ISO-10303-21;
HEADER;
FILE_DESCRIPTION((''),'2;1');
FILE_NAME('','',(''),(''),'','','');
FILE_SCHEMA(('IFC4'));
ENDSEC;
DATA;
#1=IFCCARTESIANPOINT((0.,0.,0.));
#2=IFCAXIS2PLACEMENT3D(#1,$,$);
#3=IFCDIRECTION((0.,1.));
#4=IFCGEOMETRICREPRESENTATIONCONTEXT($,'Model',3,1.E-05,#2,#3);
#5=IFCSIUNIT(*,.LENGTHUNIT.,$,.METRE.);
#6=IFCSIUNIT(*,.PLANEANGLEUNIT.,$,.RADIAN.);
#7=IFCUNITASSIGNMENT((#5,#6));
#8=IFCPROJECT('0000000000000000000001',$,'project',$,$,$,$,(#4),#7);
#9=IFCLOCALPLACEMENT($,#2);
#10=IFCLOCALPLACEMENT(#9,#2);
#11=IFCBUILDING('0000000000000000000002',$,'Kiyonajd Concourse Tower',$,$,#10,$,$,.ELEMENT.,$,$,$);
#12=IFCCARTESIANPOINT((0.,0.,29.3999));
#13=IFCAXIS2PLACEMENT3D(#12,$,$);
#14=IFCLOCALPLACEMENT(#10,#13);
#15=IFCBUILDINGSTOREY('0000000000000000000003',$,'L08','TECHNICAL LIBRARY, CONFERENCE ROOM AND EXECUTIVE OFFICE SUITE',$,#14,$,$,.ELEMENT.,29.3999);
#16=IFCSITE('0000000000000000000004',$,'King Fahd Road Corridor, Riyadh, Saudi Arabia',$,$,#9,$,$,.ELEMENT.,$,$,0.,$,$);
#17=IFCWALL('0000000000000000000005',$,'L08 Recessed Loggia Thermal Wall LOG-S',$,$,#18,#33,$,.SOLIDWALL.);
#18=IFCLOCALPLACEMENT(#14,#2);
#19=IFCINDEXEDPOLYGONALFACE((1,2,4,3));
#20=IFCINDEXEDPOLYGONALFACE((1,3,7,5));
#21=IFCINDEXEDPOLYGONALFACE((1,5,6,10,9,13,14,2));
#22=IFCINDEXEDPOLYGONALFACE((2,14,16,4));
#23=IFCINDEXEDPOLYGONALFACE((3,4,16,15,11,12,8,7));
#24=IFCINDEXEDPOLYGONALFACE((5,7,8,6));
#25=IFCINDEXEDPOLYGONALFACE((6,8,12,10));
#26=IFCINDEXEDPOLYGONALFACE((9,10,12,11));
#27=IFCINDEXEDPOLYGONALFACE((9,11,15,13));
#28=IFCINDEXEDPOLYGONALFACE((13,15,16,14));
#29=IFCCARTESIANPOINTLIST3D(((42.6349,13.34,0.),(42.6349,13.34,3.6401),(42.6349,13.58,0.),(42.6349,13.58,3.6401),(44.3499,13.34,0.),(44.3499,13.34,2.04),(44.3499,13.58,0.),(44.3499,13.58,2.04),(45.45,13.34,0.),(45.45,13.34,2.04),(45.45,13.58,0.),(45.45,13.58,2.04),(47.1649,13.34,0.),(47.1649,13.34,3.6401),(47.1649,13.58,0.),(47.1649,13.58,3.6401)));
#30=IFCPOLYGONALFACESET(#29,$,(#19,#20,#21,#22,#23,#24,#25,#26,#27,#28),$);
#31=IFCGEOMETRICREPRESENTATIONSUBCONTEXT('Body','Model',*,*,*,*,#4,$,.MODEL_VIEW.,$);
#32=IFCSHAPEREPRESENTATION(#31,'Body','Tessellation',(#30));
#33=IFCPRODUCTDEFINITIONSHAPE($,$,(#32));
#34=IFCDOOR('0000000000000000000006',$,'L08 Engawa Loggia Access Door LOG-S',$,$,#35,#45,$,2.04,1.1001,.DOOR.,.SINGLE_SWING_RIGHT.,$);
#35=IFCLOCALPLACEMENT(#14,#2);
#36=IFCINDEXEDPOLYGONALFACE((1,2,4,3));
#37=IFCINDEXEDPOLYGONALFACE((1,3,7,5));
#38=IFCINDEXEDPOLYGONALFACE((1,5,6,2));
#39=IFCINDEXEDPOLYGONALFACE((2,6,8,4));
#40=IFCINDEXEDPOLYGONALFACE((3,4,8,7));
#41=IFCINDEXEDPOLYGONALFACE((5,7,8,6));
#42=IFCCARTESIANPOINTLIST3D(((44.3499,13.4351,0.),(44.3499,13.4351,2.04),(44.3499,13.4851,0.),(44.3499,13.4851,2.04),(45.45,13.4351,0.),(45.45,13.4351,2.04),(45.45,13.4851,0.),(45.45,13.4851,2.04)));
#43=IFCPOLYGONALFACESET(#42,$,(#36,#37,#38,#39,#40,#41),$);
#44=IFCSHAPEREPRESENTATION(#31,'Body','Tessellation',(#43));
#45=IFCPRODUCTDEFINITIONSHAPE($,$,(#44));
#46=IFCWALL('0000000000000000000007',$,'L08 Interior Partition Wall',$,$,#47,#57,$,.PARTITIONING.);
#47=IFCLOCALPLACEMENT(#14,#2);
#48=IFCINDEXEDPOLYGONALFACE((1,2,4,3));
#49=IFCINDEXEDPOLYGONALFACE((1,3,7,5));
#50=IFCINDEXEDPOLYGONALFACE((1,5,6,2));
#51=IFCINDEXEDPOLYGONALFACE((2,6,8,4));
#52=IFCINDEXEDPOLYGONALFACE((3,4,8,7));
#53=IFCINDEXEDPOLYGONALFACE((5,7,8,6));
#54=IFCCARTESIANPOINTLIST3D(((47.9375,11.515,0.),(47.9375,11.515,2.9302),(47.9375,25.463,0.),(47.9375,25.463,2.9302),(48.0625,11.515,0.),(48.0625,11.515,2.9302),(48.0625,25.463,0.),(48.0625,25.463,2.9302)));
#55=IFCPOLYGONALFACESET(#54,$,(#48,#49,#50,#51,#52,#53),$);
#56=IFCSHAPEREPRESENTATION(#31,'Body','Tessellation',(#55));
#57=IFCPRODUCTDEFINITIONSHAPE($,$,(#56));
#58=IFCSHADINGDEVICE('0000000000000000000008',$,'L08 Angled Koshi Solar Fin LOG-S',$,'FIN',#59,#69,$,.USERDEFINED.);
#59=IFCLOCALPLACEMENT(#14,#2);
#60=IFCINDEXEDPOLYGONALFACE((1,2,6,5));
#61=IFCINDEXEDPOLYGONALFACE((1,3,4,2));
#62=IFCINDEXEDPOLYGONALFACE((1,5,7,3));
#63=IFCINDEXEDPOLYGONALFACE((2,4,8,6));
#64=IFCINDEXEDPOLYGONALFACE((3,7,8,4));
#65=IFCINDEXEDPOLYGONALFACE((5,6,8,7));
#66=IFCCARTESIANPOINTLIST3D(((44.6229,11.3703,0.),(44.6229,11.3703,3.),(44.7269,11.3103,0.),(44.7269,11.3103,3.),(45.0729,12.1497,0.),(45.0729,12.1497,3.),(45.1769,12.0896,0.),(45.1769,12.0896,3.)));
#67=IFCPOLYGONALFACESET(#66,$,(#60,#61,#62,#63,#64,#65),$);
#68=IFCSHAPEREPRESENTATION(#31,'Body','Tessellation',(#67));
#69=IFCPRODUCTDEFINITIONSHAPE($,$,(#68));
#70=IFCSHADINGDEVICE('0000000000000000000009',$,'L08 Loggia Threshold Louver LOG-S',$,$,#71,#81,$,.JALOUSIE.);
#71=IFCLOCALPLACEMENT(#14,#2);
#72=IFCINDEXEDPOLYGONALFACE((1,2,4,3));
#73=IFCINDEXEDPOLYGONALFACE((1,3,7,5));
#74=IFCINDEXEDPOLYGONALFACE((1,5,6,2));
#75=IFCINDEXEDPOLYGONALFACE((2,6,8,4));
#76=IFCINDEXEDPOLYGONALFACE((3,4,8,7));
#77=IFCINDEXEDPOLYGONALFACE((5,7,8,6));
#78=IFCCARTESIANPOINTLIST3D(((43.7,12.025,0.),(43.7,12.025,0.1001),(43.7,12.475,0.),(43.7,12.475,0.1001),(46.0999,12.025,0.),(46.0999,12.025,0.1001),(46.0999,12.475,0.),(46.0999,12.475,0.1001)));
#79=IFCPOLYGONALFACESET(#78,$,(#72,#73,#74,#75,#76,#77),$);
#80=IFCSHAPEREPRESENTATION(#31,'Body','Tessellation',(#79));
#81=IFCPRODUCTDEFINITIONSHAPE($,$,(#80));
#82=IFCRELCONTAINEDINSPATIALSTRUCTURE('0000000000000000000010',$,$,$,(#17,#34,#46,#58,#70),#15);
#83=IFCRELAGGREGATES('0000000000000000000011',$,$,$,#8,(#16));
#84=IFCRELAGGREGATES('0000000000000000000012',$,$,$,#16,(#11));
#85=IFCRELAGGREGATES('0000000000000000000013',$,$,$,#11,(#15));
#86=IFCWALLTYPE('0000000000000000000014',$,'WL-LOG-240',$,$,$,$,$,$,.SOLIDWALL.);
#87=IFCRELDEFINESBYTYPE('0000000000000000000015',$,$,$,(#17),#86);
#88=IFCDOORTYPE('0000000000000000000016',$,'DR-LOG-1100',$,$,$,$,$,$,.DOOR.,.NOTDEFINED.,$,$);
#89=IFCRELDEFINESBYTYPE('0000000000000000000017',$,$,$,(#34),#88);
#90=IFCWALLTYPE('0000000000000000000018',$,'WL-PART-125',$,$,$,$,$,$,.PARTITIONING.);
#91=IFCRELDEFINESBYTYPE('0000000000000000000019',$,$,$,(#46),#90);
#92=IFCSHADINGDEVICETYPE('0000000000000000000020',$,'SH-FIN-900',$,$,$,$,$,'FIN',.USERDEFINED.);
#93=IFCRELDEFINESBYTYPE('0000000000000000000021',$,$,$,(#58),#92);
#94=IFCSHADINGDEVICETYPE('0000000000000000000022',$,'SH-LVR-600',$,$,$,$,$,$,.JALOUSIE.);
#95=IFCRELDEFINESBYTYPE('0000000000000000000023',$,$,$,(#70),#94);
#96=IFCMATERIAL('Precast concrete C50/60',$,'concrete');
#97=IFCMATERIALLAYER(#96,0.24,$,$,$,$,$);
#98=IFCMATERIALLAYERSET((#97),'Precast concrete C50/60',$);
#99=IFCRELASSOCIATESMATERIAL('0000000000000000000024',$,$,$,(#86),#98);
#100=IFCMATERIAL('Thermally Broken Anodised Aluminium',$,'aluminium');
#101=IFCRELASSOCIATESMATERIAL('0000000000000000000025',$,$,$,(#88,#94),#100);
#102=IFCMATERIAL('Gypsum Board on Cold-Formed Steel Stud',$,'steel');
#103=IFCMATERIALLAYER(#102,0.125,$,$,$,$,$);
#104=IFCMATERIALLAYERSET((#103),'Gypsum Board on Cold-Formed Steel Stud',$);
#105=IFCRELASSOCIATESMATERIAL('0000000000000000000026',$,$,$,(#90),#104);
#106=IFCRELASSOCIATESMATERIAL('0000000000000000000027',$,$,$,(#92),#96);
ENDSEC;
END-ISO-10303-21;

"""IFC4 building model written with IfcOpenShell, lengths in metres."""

from ifc_helpers import new_model, si_unit, direction, frame, frame_2d, origin, origin_2d, place, context, subcontext, project, spatial, rectangle, extrude, material, layer, layer_set, type_object, element, fill, save


model = new_model("IFC4")

# Units and contexts
model_context = context("Model", 3, precision=1e-05, world=origin(), true_north=direction((0.0, 1.0)))
body_context = subcontext(model_context, "Body", "Model", "MODEL_VIEW")
ifc_project = project(units=[si_unit("LENGTHUNIT", "METRE"), si_unit("PLANEANGLEUNIT", "RADIAN")], contexts=[model_context])

# Site, building, storey
site_placement = place(None, origin())
site = spatial("IfcSite", under=ifc_project, at=site_placement, Name="King Fahd Road Corridor, Riyadh, Saudi Arabia", CompositionType="ELEMENT", RefElevation=0.0)
building_placement = place(site_placement, origin())
building = spatial("IfcBuilding", under=site, at=building_placement, Name="Kiyonajd Concourse Tower", CompositionType="ELEMENT")
storey_placement = place(building_placement, frame((0.0, 0.0, 29.3999)))
storey = spatial("IfcBuildingStorey", under=building, at=storey_placement, Name="L08", Description="TECHNICAL LIBRARY, CONFERENCE ROOM AND EXECUTIVE OFFICE SUITE", CompositionType="ELEMENT", Elevation=29.3999)

# Shared definitions
ifc_material_1 = material(Name="Precast concrete C50/60", Category="concrete")

# Shared definitions
ifc_material_2 = material(Name="Thermally Broken Anodised Aluminium", Category="aluminium")

# Wall, opening, door
ifc_layer_1 = layer(ifc_material_1, 0.24)
ifc_layer_set_1 = layer_set([ifc_layer_1], Name="Precast concrete C50/60")
wall_type_1 = type_object("IfcWallType", Name="WL-LOG-240", PredefinedType="SOLIDWALL", material=ifc_layer_set_1)
wall_1_placement = place(storey_placement, frame((47.165, 13.46, 0.0), z_axis=(0.0, 0.0, 1.0), x_axis=(-1.0, 0.0, 0.0)))
wall_1 = element("IfcWall", 1, at=wall_1_placement, inside=storey, type_object=wall_type_1, Name="L08 Recessed Loggia Thermal Wall LOG-S", PredefinedType="SOLIDWALL", context=body_context, shape_type="SweptSolid", body=[
    extrude(rectangle(XDim=4.53, YDim=0.24, at=frame_2d((2.2651, 0.0))), origin(), (0.0, 0.0, 1.0), 3.6401),
])
opening_1_placement = place(wall_1_placement, frame((1.7151, 0.0, 0.0)))
opening_1 = element("IfcOpeningElement", 2, at=opening_1_placement, cuts=wall_1, PredefinedType="OPENING", context=body_context, shape_type="SweptSolid", body=[
    extrude(rectangle(XDim=1.1001, YDim=2.04, at=frame_2d((0.55, 1.02))), frame((0.0, 0.1299, 0.0), z_axis=(0.0, -1.0, 0.0), x_axis=(1.0, 0.0, 0.0)), (0.0, 0.0, 1.0), 0.26),
])
door_type = type_object("IfcDoorType", Name="DR-LOG-1100", OperationType="NOTDEFINED", PredefinedType="DOOR", material=ifc_material_2)
door_placement = place(opening_1_placement, origin())
door = element("IfcDoor", 3, at=door_placement, inside=storey, type_object=door_type, Name="L08 Engawa Loggia Access Door LOG-S", OperationType="SINGLE_SWING_RIGHT", OverallHeight=2.04, OverallWidth=1.1001, PredefinedType="DOOR", context=body_context, shape_type="SweptSolid", body=[
    extrude(rectangle(XDim=1.1001, YDim=2.04, at=frame_2d((0.55, 1.02))), frame((0.0, 0.0249, 0.0), z_axis=(0.0, -1.0, 0.0), x_axis=(1.0, 0.0, 0.0)), (0.0, 0.0, 1.0), 0.05),
])
fill(opening_1, door)

# Wall
ifc_material_3 = material(Name="Gypsum Board on Cold-Formed Steel Stud", Category="steel")
ifc_layer_2 = layer(ifc_material_3, 0.125)
ifc_layer_set_2 = layer_set([ifc_layer_2], Name="Gypsum Board on Cold-Formed Steel Stud")
wall_type_2 = type_object("IfcWallType", Name="WL-PART-125", PredefinedType="PARTITIONING", material=ifc_layer_set_2)
wall_2_placement = place(storey_placement, frame((48.0, 11.5149, 0.0), z_axis=(0.0, 0.0, 1.0), x_axis=(0.0, 1.0, 0.0)))
element("IfcWall", 4, at=wall_2_placement, inside=storey, type_object=wall_type_2, Name="L08 Interior Partition Wall", PredefinedType="PARTITIONING", context=body_context, shape_type="SweptSolid", body=[
    extrude(rectangle(XDim=13.948, YDim=0.125, at=frame_2d((6.9741, 0.0))), origin(), (0.0, 0.0, 1.0), 2.9302),
])

# Shading devices
shading_device_type_1 = type_object("IfcShadingDeviceType", Name="SH-FIN-900", ElementType="FIN", PredefinedType="USERDEFINED", material=ifc_material_1)
shading_device_1_placement = place(storey_placement, frame((44.8999, 11.73, 0.0), z_axis=(0.0, 0.0, 1.0), x_axis=(0.5, 0.866025, 0.0)))
element("IfcShadingDevice", 5, at=shading_device_1_placement, inside=storey, type_object=shading_device_type_1, Name="L08 Angled Koshi Solar Fin LOG-S", ObjectType="FIN", PredefinedType="USERDEFINED", context=body_context, shape_type="SweptSolid", body=[
    extrude(rectangle(XDim=0.8999, YDim=0.1201, at=origin_2d()), origin(), (0.0, 0.0, 1.0), 3.0),
])
shading_device_type_2 = type_object("IfcShadingDeviceType", Name="SH-LVR-600", PredefinedType="JALOUSIE", material=ifc_material_2)
shading_device_2_placement = place(storey_placement, frame((44.8999, 12.25, 0.0), z_axis=(0.0, 0.0, 1.0), x_axis=(1.0, 0.0, 0.0)))
element("IfcShadingDevice", 6, at=shading_device_2_placement, inside=storey, type_object=shading_device_type_2, Name="L08 Loggia Threshold Louver LOG-S", PredefinedType="JALOUSIE", context=body_context, shape_type="SweptSolid", body=[
    extrude(rectangle(XDim=2.3999, YDim=0.45, at=origin_2d()), origin(), (0.0, 0.0, 1.0), 0.1001),
])

save(model, "model.ifc")
